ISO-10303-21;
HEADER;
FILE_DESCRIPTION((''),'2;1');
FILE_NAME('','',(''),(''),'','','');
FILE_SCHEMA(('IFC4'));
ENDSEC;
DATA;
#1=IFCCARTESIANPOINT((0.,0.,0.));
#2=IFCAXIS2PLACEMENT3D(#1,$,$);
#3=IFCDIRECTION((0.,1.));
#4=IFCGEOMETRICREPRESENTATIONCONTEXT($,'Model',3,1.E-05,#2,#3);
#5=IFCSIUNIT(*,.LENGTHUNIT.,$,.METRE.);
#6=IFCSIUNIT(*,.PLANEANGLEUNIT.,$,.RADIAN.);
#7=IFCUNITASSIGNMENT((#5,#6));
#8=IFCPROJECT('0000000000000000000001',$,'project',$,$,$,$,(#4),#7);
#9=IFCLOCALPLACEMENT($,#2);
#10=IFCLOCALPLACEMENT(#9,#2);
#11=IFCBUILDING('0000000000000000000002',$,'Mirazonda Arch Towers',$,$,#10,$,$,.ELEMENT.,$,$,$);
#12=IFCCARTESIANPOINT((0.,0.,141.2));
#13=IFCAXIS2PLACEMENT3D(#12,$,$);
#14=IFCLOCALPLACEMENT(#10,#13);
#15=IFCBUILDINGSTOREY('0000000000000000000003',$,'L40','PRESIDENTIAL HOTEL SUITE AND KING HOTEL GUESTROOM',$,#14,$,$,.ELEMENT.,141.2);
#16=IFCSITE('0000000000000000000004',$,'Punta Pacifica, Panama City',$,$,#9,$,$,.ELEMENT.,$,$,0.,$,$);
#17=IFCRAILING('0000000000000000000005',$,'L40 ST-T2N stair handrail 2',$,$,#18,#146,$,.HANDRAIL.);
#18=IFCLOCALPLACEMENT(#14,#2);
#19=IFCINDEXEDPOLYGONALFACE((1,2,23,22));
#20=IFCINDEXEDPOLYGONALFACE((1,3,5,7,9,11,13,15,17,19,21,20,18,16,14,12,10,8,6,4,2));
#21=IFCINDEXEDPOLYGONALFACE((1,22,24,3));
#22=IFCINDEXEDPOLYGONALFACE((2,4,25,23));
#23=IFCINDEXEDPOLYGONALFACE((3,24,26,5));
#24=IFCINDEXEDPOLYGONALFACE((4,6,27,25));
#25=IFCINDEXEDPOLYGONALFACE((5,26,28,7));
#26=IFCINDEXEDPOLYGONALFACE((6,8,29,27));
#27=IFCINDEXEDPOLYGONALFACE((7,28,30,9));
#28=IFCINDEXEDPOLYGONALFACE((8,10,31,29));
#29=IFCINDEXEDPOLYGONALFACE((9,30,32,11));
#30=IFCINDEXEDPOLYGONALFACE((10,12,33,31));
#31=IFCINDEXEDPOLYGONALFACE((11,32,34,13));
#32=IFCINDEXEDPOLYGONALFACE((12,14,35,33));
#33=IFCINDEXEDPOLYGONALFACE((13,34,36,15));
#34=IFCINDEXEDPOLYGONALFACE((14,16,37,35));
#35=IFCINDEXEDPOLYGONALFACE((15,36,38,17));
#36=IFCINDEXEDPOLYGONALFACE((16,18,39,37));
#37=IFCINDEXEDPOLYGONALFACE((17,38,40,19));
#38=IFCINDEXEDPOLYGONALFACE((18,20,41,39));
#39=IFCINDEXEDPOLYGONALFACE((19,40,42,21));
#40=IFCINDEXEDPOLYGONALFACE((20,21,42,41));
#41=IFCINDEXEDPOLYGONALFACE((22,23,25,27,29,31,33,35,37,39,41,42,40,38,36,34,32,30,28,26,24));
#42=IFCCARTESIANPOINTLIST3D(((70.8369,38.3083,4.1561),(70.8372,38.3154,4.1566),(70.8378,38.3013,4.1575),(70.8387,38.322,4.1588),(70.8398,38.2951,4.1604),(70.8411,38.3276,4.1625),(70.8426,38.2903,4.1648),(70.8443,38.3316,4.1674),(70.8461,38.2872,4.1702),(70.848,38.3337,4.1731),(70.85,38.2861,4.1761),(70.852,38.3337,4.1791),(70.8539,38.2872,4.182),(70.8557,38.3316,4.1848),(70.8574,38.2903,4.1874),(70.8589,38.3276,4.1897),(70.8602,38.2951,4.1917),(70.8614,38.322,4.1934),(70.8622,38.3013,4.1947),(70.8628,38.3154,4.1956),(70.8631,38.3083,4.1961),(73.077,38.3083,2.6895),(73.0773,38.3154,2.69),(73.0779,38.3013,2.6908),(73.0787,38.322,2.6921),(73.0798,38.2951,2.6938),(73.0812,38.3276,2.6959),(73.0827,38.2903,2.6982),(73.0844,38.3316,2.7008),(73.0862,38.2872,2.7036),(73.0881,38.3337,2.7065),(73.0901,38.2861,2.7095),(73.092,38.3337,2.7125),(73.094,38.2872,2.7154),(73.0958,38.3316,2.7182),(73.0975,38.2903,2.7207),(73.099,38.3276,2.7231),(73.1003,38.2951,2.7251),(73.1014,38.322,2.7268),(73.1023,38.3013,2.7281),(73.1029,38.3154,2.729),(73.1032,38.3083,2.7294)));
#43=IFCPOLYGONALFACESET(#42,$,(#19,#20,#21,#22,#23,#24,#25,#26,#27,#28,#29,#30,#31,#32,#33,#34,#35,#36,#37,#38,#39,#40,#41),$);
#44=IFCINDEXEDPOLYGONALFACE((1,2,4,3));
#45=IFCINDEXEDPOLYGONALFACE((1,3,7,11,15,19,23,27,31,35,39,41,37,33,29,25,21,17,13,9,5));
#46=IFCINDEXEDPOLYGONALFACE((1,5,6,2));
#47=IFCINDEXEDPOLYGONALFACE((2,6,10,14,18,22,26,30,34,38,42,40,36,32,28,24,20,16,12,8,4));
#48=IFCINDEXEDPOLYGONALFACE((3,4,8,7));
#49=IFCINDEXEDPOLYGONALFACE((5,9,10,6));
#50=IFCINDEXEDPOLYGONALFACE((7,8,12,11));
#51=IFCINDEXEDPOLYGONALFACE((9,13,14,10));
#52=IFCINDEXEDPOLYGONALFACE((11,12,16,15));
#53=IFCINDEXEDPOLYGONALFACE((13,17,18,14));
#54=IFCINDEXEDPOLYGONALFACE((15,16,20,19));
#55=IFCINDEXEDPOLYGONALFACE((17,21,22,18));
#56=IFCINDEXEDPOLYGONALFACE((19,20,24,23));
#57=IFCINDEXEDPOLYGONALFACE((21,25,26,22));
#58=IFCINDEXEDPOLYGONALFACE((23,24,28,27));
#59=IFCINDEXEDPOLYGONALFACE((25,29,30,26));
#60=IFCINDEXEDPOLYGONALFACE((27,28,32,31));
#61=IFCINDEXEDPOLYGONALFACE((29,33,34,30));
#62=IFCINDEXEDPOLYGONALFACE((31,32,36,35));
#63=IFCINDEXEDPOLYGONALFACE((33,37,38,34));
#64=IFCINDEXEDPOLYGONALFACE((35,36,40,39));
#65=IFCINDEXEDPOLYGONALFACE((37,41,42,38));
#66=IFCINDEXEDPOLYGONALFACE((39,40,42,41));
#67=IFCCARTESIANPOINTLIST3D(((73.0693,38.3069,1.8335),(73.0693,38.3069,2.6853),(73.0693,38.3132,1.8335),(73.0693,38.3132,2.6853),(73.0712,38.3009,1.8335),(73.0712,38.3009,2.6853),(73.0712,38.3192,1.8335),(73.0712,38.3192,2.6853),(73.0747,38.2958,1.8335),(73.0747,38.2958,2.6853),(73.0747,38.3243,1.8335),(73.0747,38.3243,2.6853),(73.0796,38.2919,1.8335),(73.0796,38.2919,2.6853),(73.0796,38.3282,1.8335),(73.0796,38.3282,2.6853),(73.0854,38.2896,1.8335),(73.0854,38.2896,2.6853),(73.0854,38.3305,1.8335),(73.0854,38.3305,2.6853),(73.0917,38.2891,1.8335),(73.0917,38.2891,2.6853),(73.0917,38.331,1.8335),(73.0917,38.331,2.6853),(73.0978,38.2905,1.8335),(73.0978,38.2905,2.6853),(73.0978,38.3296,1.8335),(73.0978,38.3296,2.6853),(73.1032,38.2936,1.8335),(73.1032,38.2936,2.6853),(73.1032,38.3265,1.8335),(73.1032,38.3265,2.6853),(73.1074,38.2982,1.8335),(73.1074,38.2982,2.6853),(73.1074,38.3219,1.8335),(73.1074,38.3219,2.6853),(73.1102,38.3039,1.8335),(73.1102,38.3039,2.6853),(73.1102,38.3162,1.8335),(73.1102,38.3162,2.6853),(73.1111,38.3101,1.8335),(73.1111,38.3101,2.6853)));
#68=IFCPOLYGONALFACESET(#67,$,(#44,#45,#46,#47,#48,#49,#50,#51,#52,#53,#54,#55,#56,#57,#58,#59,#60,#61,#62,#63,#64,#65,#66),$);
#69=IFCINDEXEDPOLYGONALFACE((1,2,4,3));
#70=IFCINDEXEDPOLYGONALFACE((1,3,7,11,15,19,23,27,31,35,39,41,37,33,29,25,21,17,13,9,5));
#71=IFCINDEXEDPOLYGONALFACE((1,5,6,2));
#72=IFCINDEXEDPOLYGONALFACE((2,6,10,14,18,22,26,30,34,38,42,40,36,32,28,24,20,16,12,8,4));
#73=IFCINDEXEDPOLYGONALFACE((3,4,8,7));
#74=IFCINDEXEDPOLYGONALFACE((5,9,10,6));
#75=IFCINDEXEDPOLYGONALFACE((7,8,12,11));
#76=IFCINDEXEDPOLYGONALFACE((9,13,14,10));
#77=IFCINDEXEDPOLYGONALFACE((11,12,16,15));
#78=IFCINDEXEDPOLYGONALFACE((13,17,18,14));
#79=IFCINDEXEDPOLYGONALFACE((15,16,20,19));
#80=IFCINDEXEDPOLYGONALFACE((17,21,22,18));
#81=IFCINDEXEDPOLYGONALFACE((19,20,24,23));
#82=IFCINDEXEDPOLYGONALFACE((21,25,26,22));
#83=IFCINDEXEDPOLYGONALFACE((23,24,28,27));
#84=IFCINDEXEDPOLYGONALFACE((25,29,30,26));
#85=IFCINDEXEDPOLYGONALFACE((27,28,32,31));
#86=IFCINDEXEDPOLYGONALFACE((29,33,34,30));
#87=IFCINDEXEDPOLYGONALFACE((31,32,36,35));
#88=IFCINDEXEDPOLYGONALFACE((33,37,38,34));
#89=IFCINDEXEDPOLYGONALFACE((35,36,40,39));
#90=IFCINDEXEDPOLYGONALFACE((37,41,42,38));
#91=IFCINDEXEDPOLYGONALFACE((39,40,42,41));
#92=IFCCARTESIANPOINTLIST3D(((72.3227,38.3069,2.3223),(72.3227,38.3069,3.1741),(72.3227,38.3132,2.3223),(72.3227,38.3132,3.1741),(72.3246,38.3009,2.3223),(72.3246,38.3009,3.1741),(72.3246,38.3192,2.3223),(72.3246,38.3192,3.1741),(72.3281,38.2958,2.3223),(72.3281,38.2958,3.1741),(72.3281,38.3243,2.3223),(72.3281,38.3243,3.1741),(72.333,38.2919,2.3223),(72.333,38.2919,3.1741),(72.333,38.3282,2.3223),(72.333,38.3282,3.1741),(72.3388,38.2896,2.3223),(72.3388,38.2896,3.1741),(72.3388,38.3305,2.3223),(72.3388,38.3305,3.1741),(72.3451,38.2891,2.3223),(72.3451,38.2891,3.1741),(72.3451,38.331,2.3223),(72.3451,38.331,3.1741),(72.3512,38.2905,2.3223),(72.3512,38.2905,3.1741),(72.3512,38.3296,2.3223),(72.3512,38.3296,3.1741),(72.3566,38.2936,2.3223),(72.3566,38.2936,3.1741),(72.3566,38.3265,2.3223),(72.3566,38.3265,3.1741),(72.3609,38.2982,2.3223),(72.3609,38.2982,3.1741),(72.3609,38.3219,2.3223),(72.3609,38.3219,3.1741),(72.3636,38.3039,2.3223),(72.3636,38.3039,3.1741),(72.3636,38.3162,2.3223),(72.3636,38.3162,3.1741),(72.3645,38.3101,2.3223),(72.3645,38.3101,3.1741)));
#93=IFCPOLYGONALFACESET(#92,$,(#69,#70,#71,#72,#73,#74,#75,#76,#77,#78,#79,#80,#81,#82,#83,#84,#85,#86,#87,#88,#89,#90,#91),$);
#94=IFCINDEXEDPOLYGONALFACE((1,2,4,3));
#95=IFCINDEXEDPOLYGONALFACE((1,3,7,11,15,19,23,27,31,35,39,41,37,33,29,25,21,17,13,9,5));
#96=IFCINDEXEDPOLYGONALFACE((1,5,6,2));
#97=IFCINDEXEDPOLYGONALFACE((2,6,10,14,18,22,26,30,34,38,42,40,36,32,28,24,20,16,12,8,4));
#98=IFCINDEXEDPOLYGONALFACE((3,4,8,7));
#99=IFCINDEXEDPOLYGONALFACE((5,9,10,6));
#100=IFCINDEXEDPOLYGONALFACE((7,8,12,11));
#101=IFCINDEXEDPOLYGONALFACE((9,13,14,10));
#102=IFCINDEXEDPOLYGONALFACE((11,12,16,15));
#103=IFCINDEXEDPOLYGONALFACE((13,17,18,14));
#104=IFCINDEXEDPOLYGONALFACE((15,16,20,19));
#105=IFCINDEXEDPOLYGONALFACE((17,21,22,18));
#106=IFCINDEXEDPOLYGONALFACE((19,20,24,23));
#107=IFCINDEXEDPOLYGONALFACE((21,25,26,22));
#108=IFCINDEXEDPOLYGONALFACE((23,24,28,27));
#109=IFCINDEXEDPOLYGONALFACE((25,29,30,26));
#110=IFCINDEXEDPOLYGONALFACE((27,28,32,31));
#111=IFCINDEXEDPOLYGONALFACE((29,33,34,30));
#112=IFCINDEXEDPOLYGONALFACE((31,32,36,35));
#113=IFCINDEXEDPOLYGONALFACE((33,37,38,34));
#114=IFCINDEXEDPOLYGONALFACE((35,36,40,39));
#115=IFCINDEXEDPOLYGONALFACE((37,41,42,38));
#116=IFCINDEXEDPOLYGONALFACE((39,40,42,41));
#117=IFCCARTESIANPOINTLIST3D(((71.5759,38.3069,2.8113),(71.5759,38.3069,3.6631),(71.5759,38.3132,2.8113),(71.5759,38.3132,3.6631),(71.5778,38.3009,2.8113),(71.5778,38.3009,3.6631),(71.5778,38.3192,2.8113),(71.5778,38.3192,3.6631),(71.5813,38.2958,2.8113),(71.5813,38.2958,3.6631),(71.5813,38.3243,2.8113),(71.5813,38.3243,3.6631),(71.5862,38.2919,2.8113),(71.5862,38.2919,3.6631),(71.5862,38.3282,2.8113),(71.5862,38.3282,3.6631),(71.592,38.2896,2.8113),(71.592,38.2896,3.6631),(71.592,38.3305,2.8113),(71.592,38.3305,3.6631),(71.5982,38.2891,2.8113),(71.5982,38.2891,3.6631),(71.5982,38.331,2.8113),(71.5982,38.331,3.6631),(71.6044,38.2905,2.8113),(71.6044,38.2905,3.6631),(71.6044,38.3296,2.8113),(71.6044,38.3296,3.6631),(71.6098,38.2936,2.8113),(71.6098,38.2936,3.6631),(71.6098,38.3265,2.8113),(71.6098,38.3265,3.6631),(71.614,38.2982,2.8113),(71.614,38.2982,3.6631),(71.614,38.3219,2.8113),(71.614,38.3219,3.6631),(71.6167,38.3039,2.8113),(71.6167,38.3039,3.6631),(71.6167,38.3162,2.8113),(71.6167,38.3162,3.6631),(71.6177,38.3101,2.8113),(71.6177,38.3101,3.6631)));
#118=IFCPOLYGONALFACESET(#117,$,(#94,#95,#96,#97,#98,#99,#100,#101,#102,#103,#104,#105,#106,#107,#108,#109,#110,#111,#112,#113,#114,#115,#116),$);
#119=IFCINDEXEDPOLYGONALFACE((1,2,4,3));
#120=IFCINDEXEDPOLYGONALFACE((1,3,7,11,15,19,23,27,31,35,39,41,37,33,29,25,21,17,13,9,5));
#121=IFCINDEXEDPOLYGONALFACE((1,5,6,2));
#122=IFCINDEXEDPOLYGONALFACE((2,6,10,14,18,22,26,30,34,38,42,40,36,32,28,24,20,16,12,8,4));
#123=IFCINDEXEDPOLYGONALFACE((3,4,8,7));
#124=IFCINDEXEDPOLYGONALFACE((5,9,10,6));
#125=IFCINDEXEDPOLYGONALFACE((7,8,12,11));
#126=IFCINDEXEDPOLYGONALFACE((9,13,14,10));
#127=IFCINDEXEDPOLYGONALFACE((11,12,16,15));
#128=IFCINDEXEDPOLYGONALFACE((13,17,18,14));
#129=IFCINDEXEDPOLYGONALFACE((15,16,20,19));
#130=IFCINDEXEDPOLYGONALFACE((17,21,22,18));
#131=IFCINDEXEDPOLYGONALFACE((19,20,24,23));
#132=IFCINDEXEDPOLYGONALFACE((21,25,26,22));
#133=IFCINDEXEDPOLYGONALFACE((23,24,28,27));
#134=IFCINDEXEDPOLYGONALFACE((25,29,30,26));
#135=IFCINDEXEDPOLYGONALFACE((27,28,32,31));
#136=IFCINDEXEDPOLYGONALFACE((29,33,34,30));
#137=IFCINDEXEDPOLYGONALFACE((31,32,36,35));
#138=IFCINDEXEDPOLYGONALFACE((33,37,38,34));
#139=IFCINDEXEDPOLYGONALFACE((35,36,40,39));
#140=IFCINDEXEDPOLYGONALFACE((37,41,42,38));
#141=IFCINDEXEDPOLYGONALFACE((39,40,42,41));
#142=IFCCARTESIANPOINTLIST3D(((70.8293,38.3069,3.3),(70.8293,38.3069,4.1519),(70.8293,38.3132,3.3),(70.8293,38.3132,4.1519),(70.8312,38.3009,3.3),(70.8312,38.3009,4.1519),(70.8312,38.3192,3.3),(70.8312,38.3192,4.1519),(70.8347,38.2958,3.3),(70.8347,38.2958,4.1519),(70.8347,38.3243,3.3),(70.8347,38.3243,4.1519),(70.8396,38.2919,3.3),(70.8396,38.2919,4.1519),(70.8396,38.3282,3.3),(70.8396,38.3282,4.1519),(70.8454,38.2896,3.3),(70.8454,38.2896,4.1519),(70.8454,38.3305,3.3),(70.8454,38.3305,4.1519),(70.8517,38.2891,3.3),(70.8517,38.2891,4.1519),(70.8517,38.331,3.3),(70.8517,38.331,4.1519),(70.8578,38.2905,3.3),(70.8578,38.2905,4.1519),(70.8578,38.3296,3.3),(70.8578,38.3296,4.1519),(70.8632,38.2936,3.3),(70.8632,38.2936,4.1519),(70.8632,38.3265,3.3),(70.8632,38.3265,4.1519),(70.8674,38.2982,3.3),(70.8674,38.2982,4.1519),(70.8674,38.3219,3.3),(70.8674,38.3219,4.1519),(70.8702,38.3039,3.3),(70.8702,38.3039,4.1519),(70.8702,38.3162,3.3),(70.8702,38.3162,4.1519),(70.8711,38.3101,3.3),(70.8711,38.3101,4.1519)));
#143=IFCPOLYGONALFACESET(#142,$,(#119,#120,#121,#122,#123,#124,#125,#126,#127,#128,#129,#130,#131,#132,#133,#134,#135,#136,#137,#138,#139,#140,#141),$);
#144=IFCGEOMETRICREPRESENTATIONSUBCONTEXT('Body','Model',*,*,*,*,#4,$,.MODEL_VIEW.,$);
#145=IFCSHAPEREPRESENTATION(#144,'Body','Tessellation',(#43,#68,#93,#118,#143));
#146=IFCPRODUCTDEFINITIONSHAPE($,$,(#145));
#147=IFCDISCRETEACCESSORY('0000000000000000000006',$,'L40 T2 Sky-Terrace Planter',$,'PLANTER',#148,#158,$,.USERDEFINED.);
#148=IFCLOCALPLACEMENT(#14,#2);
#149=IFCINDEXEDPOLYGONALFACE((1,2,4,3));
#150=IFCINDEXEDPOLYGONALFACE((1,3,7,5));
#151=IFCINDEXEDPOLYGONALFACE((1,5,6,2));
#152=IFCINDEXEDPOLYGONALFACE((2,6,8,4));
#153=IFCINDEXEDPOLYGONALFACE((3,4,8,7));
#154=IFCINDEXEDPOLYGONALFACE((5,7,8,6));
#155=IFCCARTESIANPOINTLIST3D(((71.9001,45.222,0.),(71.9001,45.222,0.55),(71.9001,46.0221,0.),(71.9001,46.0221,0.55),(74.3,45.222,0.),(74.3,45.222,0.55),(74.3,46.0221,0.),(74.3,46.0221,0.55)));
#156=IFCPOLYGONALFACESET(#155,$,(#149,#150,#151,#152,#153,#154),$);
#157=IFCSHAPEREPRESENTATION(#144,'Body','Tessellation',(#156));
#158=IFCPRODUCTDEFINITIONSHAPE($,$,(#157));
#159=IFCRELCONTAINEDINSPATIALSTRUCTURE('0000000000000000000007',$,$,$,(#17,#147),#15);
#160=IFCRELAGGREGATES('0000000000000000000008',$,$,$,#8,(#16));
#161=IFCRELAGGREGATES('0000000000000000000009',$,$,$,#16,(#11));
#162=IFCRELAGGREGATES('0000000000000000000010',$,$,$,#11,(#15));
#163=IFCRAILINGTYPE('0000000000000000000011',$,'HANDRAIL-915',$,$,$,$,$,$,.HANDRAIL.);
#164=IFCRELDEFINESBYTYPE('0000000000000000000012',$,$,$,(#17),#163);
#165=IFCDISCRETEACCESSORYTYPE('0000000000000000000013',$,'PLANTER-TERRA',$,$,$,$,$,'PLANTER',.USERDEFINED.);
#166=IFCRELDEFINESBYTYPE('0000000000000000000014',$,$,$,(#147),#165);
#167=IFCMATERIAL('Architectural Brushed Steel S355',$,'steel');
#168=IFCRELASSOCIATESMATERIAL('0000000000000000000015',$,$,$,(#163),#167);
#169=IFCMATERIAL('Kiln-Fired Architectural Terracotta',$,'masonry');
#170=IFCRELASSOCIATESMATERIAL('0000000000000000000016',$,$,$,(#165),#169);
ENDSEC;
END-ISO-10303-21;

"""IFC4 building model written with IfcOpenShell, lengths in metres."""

from ifc_helpers import new_model, si_unit, direction, frame, origin, origin_2d, place, context, subcontext, project, spatial, rectangle, circle, extrude, material, type_object, element, save


model = new_model("IFC4")

# Units and contexts
model_context = context("Model", 3, precision=1e-05, world=origin(), true_north=direction((0.0, 1.0)))
body_context = subcontext(model_context, "Body", "Model", "MODEL_VIEW")
ifc_project = project(units=[si_unit("LENGTHUNIT", "METRE"), si_unit("PLANEANGLEUNIT", "RADIAN")], contexts=[model_context])

# Site, building, storey
site_placement = place(None, origin())
site = spatial("IfcSite", under=ifc_project, at=site_placement, Name="Punta Pacifica, Panama City", CompositionType="ELEMENT", RefElevation=0.0)
building_placement = place(site_placement, origin())
building = spatial("IfcBuilding", under=site, at=building_placement, Name="Mirazonda Arch Towers", CompositionType="ELEMENT")
storey_placement = place(building_placement, frame((0.0, 0.0, 141.2)))
storey = spatial("IfcBuildingStorey", under=building, at=storey_placement, Name="L40", Description="PRESIDENTIAL HOTEL SUITE AND KING HOTEL GUESTROOM", CompositionType="ELEMENT", Elevation=141.2)

# Shared definitions
ifc_material_1 = material(Name="Kiln-Fired Architectural Terracotta", Category="masonry")

# Railing
ifc_material_2 = material(Name="Architectural Brushed Steel S355", Category="steel")
railing_type_1 = type_object("IfcRailingType", Name="HANDRAIL-915", PredefinedType="HANDRAIL", material=ifc_material_2)
railing_1_placement = place(storey_placement, frame((73.0901, 38.3101, 1.8335)))
element("IfcRailing", 1, at=railing_1_placement, inside=storey, type_object=railing_type_1, Name="L40 ST-T2N stair handrail 2", PredefinedType="HANDRAIL", context=body_context, shape_type="SweptSolid", body=[
    extrude(circle(Radius=0.0239, at=origin_2d()), frame((0.0, 0.0, 0.876), z_axis=(-0.836637, 0.0, 0.547758), x_axis=(0.0, -1.0, 0.0)), (0.0, 0.0, 1.0), 2.6775),
    extrude(circle(Radius=0.021, at=origin_2d()), origin(), (0.0, 0.0, 1.0), 0.8518),
    extrude(circle(Radius=0.021, at=origin_2d()), frame((-0.7466, 0.0, 0.4888)), (0.0, 0.0, 1.0), 0.8518),
    extrude(circle(Radius=0.021, at=origin_2d()), frame((-1.4934, 0.0, 0.9778)), (0.0, 0.0, 1.0), 0.8518),
    extrude(circle(Radius=0.021, at=origin_2d()), frame((-2.24, 0.0, 1.4666)), (0.0, 0.0, 1.0), 0.8518),
])

# Discrete accessory
discrete_accessory_type = type_object("IfcDiscreteAccessoryType", Name="PLANTER-TERRA", ElementType="PLANTER", PredefinedType="USERDEFINED", material=ifc_material_1)
discrete_accessory_placement = place(storey_placement, frame((73.1001, 45.6221, 0.0), z_axis=(0.0, 0.0, 1.0), x_axis=(1.0, 0.0, 0.0)))
element("IfcDiscreteAccessory", 2, at=discrete_accessory_placement, inside=storey, type_object=discrete_accessory_type, Name="L40 T2 Sky-Terrace Planter", ObjectType="PLANTER", PredefinedType="USERDEFINED", context=body_context, shape_type="SweptSolid", body=[
    extrude(rectangle(XDim=2.3999, YDim=0.8, at=origin_2d()), origin(), (0.0, 0.0, 1.0), 0.55),
])

save(model, "model.ifc")
